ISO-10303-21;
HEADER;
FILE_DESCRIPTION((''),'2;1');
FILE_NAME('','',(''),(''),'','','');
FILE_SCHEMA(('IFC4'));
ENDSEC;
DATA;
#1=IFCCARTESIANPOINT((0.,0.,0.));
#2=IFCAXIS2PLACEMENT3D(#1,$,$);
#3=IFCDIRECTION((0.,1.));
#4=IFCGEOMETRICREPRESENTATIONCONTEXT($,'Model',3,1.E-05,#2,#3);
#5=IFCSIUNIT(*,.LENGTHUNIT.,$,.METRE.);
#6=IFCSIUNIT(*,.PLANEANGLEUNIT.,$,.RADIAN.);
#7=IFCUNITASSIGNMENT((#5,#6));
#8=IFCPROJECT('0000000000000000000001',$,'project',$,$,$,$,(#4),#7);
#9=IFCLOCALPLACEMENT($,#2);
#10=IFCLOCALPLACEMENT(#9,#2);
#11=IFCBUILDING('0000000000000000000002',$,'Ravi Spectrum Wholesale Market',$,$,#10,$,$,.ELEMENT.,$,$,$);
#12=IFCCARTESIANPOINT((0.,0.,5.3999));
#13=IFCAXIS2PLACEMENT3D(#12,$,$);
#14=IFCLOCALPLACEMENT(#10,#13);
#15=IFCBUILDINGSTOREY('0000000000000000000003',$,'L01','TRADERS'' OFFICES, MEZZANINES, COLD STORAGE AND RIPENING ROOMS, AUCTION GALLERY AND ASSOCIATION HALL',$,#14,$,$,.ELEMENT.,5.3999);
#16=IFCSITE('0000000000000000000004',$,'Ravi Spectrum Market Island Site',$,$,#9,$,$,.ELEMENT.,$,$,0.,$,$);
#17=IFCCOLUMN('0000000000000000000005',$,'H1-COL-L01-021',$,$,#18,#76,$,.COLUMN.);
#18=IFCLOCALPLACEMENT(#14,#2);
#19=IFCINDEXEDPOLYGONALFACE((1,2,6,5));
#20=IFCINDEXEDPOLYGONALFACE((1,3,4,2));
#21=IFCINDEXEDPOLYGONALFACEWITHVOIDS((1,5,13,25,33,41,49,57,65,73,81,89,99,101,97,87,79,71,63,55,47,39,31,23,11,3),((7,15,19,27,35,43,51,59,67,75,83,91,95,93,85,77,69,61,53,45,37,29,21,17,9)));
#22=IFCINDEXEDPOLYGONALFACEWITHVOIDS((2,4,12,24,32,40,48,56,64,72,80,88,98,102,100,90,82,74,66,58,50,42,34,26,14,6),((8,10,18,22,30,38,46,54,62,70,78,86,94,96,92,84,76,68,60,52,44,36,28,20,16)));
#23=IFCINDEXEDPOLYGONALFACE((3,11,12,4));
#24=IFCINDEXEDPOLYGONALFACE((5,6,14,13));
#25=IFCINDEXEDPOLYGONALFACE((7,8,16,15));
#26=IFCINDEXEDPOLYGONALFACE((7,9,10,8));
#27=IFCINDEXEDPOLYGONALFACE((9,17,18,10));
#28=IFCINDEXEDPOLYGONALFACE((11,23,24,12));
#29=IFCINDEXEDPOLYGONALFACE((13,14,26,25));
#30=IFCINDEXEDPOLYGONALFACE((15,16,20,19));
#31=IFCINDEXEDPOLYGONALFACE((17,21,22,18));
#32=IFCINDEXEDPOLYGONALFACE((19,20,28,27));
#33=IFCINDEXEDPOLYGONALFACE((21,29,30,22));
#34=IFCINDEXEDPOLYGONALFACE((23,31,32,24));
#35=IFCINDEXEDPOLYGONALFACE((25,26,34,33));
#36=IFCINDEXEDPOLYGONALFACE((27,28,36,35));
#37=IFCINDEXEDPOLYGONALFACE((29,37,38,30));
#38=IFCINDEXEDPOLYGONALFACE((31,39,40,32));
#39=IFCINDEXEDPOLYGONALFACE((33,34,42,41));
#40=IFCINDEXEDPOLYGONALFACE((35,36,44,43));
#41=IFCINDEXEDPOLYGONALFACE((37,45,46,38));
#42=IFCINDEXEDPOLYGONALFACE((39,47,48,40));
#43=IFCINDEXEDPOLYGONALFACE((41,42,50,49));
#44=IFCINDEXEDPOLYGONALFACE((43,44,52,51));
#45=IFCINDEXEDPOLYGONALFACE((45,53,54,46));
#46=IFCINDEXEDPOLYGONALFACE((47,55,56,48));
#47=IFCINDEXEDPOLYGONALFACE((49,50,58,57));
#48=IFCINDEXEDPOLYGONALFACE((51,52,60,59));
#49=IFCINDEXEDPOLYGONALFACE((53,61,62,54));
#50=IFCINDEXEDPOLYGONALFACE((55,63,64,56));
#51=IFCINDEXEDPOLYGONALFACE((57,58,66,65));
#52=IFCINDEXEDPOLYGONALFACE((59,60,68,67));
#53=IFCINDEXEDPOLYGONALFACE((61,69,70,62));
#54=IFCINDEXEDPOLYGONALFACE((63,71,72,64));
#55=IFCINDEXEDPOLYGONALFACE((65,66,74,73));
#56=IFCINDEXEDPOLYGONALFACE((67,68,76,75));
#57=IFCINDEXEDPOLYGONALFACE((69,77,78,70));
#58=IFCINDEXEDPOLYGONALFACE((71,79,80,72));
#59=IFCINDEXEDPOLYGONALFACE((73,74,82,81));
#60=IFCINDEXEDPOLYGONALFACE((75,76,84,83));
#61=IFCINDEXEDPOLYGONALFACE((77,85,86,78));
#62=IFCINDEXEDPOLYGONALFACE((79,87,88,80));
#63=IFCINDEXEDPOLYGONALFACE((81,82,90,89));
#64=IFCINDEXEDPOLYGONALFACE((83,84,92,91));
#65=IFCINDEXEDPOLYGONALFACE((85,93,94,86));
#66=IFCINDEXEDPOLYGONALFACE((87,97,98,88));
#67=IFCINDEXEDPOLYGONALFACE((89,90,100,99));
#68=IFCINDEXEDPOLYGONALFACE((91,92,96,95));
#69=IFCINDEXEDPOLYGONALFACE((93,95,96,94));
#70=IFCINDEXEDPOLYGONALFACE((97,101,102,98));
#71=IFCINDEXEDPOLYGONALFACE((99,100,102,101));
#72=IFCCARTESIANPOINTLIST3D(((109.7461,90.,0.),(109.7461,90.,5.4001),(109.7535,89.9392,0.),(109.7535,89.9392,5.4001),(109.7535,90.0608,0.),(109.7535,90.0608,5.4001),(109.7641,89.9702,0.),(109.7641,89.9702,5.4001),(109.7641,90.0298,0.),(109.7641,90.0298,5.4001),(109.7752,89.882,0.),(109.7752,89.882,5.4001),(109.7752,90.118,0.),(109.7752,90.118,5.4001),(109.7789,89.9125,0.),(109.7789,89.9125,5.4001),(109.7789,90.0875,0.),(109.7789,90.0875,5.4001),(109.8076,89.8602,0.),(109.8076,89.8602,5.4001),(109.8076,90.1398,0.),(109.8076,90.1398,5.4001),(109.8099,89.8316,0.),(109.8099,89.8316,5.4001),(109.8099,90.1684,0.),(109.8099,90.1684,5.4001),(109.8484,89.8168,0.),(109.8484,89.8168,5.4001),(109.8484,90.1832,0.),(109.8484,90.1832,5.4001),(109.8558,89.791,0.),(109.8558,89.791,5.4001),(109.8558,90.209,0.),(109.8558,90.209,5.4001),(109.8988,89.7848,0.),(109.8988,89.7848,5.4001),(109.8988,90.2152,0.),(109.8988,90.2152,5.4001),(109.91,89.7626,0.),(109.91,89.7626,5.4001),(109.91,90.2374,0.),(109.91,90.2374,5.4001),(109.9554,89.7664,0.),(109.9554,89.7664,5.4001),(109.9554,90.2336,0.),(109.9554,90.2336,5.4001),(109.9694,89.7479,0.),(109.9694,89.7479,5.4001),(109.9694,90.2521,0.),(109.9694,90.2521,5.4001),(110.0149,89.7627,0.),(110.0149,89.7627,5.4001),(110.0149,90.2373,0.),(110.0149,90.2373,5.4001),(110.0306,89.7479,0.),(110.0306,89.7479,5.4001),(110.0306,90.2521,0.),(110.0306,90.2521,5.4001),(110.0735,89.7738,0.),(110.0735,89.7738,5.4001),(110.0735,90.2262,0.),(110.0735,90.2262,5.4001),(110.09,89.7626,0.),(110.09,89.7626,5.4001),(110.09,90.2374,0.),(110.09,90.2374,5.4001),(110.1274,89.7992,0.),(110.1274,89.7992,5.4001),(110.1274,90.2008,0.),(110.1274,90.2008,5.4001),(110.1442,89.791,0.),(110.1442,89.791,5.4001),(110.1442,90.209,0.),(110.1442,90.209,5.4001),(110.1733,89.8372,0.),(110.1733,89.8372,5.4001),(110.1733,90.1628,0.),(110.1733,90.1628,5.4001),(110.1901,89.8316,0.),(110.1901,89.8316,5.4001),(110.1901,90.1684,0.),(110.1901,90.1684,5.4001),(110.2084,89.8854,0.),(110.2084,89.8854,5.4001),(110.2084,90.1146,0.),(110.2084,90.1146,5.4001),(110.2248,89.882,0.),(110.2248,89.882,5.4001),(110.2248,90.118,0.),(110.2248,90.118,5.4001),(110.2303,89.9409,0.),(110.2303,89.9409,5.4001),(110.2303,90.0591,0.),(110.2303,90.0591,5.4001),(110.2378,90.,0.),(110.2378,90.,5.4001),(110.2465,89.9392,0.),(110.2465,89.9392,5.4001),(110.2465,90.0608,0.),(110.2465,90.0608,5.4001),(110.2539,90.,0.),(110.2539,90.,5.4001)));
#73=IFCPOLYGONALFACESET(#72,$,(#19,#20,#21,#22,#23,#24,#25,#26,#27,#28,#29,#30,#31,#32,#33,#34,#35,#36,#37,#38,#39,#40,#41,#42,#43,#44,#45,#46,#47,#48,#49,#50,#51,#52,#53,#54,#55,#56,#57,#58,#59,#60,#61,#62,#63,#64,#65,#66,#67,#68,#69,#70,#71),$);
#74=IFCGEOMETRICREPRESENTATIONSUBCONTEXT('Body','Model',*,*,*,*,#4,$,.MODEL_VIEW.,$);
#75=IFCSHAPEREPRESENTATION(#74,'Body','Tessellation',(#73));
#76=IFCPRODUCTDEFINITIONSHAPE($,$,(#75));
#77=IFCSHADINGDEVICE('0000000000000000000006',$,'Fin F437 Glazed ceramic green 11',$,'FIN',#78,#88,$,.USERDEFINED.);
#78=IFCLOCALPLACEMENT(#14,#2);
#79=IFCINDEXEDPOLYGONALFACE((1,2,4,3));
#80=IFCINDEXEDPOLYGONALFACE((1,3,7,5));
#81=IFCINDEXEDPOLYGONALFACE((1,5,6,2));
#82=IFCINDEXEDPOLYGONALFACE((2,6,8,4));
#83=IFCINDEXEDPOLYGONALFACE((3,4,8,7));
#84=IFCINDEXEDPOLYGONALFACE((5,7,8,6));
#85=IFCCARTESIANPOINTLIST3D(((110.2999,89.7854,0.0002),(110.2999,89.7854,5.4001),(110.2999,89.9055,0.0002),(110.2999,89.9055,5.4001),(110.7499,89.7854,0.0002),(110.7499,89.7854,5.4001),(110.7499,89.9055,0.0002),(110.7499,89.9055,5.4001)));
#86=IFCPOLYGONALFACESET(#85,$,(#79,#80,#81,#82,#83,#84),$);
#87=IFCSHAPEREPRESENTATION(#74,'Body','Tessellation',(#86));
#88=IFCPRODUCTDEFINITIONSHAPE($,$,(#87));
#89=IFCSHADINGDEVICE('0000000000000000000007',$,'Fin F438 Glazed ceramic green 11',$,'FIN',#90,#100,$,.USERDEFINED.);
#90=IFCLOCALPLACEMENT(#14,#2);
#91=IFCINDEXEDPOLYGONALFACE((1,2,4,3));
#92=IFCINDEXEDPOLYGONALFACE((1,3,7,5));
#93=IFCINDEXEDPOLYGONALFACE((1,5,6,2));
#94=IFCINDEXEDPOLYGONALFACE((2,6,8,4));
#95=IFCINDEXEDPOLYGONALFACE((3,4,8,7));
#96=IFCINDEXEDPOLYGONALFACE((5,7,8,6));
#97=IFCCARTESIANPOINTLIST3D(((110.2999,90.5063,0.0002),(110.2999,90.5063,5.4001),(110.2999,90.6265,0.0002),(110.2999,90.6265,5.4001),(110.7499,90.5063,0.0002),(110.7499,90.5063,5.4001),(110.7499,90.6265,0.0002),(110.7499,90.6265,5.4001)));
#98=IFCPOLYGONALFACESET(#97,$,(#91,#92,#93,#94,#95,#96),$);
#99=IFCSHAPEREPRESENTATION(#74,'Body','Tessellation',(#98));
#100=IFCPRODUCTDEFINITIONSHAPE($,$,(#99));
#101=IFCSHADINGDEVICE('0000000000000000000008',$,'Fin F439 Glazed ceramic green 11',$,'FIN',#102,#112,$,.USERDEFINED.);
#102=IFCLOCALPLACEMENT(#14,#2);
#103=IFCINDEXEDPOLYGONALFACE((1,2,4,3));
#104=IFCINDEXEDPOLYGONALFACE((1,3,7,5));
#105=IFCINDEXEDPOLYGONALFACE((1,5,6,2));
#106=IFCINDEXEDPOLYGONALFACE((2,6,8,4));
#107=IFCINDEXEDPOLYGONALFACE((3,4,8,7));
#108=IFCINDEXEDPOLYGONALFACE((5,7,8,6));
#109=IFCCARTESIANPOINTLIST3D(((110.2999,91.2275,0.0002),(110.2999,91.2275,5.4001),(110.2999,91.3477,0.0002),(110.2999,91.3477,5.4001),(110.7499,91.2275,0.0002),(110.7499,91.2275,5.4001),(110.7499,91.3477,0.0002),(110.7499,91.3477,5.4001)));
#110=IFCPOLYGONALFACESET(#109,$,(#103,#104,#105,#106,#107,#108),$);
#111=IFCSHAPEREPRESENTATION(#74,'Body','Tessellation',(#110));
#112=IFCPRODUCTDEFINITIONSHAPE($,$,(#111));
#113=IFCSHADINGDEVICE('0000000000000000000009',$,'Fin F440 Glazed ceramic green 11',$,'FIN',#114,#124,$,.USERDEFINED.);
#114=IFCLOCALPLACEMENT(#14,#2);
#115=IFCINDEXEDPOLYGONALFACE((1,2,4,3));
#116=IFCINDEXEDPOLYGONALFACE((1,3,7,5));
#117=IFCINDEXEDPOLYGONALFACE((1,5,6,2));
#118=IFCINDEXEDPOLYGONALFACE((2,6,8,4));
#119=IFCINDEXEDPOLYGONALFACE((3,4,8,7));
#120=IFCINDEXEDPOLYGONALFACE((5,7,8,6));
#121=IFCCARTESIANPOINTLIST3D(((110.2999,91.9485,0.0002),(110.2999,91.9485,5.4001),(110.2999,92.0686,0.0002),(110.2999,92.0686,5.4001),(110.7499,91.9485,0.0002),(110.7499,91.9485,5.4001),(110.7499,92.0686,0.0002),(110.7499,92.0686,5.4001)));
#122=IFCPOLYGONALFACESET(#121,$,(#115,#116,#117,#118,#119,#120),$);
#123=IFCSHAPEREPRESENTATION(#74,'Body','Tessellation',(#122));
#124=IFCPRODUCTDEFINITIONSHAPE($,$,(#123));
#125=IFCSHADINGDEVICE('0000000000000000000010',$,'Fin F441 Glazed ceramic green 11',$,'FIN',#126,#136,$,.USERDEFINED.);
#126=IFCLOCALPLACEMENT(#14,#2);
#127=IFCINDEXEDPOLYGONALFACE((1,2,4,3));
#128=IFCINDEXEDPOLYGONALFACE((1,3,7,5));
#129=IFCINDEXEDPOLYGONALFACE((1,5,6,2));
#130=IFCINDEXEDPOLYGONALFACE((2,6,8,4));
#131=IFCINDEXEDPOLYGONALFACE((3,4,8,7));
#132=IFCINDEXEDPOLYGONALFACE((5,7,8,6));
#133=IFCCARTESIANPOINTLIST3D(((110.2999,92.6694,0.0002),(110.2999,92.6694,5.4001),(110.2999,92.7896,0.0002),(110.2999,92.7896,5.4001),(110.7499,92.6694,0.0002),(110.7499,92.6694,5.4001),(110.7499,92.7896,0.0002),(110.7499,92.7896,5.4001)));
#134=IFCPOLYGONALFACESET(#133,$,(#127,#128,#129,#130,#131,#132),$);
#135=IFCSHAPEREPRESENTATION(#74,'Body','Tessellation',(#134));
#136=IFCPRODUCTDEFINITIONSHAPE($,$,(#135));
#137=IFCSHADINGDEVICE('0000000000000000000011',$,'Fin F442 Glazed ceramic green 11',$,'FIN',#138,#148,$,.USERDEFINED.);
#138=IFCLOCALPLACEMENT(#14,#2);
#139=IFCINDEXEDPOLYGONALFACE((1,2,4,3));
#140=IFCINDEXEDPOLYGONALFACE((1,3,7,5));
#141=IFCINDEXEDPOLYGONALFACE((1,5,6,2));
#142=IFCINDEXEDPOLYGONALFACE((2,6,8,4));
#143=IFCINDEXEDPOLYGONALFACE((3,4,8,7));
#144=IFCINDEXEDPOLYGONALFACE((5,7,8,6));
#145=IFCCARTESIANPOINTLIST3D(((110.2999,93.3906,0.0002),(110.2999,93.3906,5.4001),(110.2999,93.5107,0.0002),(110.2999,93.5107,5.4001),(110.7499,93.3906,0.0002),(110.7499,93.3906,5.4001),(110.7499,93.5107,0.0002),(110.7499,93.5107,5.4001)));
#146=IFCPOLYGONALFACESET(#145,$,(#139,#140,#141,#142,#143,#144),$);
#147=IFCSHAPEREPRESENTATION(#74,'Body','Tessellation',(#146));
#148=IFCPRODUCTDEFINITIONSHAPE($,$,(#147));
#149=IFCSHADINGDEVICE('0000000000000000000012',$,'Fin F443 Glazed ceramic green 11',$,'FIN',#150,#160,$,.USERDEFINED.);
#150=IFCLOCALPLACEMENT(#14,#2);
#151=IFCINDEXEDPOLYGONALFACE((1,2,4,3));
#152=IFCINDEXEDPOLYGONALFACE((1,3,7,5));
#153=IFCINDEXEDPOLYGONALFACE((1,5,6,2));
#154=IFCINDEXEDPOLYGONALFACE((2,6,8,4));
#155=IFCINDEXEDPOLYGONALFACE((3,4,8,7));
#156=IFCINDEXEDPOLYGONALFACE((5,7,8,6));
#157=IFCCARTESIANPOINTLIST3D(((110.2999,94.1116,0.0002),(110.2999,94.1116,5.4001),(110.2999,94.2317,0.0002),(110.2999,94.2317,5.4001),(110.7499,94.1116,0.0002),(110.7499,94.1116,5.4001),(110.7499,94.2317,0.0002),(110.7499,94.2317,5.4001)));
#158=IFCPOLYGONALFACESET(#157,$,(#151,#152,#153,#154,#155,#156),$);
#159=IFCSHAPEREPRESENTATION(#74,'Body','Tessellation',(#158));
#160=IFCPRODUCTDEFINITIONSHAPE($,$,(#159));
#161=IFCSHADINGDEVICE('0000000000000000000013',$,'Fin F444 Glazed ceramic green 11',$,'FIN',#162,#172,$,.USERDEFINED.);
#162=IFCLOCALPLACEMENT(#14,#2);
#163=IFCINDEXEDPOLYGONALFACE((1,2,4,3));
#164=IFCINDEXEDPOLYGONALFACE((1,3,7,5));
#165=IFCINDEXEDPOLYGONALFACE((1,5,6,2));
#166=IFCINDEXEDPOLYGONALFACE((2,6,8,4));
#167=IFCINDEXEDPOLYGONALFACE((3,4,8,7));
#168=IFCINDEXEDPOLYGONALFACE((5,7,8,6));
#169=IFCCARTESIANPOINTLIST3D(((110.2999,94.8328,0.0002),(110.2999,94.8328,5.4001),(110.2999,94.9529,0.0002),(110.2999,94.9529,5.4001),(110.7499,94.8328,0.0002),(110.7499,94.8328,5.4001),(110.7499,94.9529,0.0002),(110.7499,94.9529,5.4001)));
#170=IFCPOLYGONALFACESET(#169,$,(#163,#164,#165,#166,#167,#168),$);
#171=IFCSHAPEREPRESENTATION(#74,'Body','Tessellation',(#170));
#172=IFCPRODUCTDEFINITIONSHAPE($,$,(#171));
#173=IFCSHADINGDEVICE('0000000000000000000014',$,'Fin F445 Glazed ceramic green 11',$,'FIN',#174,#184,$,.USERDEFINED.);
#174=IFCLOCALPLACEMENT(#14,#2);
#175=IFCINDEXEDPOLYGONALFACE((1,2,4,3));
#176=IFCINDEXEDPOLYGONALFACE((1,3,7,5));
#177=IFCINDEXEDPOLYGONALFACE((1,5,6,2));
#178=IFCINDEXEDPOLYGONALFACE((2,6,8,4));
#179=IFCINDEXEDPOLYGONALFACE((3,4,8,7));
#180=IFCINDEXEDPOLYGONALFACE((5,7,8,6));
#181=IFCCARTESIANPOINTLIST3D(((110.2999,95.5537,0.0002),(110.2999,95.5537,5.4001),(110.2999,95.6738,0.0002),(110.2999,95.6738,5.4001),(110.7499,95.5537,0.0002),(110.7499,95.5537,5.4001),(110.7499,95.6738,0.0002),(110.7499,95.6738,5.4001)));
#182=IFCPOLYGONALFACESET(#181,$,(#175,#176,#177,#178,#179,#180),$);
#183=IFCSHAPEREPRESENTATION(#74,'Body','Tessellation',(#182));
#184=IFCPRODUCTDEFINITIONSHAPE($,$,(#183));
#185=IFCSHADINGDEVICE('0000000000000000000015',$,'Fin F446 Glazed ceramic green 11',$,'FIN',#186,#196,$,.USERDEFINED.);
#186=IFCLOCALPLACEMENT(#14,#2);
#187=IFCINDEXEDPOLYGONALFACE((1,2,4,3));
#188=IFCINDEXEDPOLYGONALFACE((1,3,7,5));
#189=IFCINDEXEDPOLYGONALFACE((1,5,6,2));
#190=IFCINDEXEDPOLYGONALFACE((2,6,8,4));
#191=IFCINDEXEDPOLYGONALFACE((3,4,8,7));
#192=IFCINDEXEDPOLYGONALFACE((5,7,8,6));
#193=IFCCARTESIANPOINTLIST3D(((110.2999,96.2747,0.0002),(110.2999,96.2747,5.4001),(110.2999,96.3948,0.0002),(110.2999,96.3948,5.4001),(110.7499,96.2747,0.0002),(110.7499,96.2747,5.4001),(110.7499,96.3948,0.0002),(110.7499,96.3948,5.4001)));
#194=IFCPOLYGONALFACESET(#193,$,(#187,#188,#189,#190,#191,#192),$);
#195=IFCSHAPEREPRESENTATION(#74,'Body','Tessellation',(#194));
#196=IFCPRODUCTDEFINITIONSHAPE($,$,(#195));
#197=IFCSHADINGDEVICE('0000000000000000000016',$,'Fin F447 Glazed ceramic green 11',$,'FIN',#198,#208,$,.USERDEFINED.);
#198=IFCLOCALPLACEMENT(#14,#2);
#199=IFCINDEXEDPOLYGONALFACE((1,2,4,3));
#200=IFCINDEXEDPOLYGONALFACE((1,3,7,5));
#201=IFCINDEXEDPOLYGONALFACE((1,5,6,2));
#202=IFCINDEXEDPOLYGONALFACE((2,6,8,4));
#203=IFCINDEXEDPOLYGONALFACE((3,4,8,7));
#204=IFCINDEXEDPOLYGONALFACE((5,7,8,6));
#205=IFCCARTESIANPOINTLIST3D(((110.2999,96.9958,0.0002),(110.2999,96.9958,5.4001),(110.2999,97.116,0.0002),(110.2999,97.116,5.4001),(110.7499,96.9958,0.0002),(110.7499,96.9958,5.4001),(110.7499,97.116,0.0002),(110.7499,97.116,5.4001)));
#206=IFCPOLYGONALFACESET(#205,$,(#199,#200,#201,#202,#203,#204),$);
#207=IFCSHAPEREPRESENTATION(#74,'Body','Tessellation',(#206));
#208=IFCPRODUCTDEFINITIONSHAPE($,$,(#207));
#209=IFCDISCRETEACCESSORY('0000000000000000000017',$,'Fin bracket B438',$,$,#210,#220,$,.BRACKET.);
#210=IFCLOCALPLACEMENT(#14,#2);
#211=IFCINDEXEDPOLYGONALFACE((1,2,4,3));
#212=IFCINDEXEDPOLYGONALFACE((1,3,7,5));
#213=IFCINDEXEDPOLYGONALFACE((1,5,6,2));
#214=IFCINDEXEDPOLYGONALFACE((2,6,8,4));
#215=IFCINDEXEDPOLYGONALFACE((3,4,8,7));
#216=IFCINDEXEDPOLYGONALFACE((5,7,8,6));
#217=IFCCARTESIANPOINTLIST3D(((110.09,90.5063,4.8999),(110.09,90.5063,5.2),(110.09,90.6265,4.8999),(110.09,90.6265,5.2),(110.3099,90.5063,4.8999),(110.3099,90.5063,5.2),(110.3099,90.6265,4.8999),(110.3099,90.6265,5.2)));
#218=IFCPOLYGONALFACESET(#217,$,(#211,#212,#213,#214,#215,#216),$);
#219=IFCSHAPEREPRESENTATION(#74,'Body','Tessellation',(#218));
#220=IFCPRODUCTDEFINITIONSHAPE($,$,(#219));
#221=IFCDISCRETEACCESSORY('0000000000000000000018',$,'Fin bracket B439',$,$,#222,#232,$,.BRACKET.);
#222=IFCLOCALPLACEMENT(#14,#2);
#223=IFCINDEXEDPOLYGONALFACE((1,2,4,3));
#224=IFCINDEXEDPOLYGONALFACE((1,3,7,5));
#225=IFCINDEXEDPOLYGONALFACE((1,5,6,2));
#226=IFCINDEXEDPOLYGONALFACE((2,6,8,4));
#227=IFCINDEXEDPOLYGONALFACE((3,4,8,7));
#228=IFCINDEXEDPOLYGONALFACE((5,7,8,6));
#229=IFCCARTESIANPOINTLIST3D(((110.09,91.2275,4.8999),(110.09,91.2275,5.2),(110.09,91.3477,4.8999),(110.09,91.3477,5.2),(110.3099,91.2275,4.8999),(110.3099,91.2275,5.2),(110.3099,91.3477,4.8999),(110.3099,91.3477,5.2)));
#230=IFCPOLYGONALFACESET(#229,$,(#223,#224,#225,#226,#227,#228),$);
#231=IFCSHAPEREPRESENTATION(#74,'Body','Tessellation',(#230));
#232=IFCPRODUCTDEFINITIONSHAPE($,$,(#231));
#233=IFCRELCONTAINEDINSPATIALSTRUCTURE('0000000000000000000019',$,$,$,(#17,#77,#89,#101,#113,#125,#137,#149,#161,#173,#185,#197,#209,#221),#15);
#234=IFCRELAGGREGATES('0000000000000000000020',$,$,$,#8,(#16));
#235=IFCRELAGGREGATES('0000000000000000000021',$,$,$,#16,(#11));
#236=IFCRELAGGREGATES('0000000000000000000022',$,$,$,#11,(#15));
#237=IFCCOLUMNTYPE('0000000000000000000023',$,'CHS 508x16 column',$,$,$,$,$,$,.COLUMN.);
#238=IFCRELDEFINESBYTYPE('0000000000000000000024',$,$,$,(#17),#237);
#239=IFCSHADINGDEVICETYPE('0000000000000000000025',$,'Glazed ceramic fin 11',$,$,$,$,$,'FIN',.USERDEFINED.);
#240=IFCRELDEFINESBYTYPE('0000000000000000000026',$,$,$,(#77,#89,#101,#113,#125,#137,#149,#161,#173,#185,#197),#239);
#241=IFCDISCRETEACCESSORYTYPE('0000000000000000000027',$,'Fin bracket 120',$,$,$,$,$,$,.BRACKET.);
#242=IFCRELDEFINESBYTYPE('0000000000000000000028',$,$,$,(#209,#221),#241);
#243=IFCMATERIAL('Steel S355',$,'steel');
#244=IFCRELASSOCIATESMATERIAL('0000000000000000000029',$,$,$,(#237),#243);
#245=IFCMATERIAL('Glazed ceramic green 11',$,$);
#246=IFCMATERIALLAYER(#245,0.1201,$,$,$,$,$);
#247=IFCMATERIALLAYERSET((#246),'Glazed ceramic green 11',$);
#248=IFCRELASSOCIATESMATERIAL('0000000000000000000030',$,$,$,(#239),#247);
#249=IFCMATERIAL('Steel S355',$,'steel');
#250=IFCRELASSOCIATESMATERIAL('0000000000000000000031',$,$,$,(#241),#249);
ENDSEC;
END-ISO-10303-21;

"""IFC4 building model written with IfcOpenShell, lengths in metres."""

from ifc_helpers import new_model, si_unit, direction, frame, origin, origin_2d, place, context, subcontext, project, spatial, rectangle, hollow_circle, extrude, material, layer, layer_set, material_profile, profile_set, type_object, element, save


model = new_model("IFC4")

# Units and contexts
model_context = context("Model", 3, precision=1e-05, world=origin(), true_north=direction((0.0, 1.0)))
body_context = subcontext(model_context, "Body", "Model", "MODEL_VIEW")
ifc_project = project(units=[si_unit("LENGTHUNIT", "METRE"), si_unit("PLANEANGLEUNIT", "RADIAN")], contexts=[model_context])

# Site, building, storey
site_placement = place(None, origin())
site = spatial("IfcSite", under=ifc_project, at=site_placement, Name="Ravi Spectrum Market Island Site", CompositionType="ELEMENT", RefElevation=0.0)
building_placement = place(site_placement, origin())
building = spatial("IfcBuilding", under=site, at=building_placement, Name="Ravi Spectrum Wholesale Market", CompositionType="ELEMENT")
storey_placement = place(building_placement, frame((0.0, 0.0, 5.3999)))
storey = spatial("IfcBuildingStorey", under=building, at=storey_placement, Name="L01", Description="TRADERS' OFFICES, MEZZANINES, COLD STORAGE AND RIPENING ROOMS, AUCTION GALLERY AND ASSOCIATION HALL", CompositionType="ELEMENT", Elevation=5.3999)

# Column
ifc_material_1 = material(Name="Steel S355", Category="steel")
ifc_material_profile = material_profile(ifc_material_1, hollow_circle(Radius=0.2539, WallThickness=0.0161, at=origin_2d()))
ifc_profile_set = profile_set([ifc_material_profile], Name="Steel S355")
column_type = type_object("IfcColumnType", Name="CHS 508x16 column", PredefinedType="COLUMN", material=ifc_profile_set)
column_placement = place(storey_placement, frame((110.0, 90.0, 0.0), z_axis=(0.0, 0.0, 1.0), x_axis=(1.0, 0.0, 0.0)))
element("IfcColumn", 1, at=column_placement, inside=storey, type_object=column_type, Name="H1-COL-L01-021", PredefinedType="COLUMN", context=body_context, shape_type="SweptSolid", body=[
    extrude(hollow_circle(Radius=0.2539, WallThickness=0.0161, at=origin_2d()), origin(), (0.0, 0.0, 1.0), 5.4001),
])

# Shading devices
ifc_material_2 = material(Name="Glazed ceramic green 11")
ifc_layer = layer(ifc_material_2, 0.1201)
ifc_layer_set = layer_set([ifc_layer], Name="Glazed ceramic green 11")
shading_device_type = type_object("IfcShadingDeviceType", Name="Glazed ceramic fin 11", ElementType="FIN", PredefinedType="USERDEFINED", material=ifc_layer_set)
for number, where, z_axis, x_axis, name in (
    (2, (110.5249, 89.8455, 0.0002), (0.0, 0.0, 1.0), (0.0, 1.0, 0.0), "Fin F437 Glazed ceramic green 11"),
    (3, (110.5249, 90.5664, 0.0002), (0.0, 0.0, 1.0), (0.0, 1.0, 0.0), "Fin F438 Glazed ceramic green 11"),
    (4, (110.5249, 91.2876, 0.0002), (0.0, 0.0, 1.0), (0.0, 1.0, 0.0), "Fin F439 Glazed ceramic green 11"),
    (5, (110.5249, 92.0085, 0.0002), (0.0, 0.0, 1.0), (0.0, 1.0, 0.0), "Fin F440 Glazed ceramic green 11"),
    (6, (110.5249, 92.7295, 0.0002), (0.0, 0.0, 1.0), (0.0, 1.0, 0.0), "Fin F441 Glazed ceramic green 11"),
    (7, (110.5249, 93.4507, 0.0002), (0.0, 0.0, 1.0), (0.0, 1.0, 0.0), "Fin F442 Glazed ceramic green 11"),
    (8, (110.5249, 94.1716, 0.0002), (0.0, 0.0, 1.0), (0.0, 1.0, 0.0), "Fin F443 Glazed ceramic green 11"),
    (9, (110.5249, 94.8928, 0.0002), (0.0, 0.0, 1.0), (0.0, 1.0, 0.0), "Fin F444 Glazed ceramic green 11"),
    (10, (110.5249, 95.6138, 0.0002), (0.0, 0.0, 1.0), (0.0, 1.0, 0.0), "Fin F445 Glazed ceramic green 11"),
    (11, (110.5249, 96.3347, 0.0002), (0.0, 0.0, 1.0), (0.0, 1.0, 0.0), "Fin F446 Glazed ceramic green 11"),
    (12, (110.5249, 97.0559, 0.0002), (0.0, 0.0, 1.0), (0.0, 1.0, 0.0), "Fin F447 Glazed ceramic green 11"),
):
    element("IfcShadingDevice", number, at=place(storey_placement, frame(where, z_axis=z_axis, x_axis=x_axis)), inside=storey, type_object=shading_device_type, Name=name, ObjectType="FIN", PredefinedType="USERDEFINED", context=body_context, shape_type="SweptSolid", body=[
        extrude(rectangle(XDim=0.1201, YDim=0.45, at=origin_2d()), origin(), (0.0, 0.0, 1.0), 5.3999),
    ])

# Discrete accessories
ifc_material_3 = material(Name="Steel S355", Category="steel")
discrete_accessory_type = type_object("IfcDiscreteAccessoryType", Name="Fin bracket 120", PredefinedType="BRACKET", material=ifc_material_3)
for number, where, z_axis, x_axis, name in (
    (13, (110.2, 90.5664, 4.8999), (0.0, 0.0, 1.0), (0.0, 1.0, 0.0), "Fin bracket B438"),
    (14, (110.2, 91.2876, 4.8999), (0.0, 0.0, 1.0), (0.0, 1.0, 0.0), "Fin bracket B439"),
):
    element("IfcDiscreteAccessory", number, at=place(storey_placement, frame(where, z_axis=z_axis, x_axis=x_axis)), inside=storey, type_object=discrete_accessory_type, Name=name, PredefinedType="BRACKET", context=body_context, shape_type="SweptSolid", body=[
        extrude(rectangle(XDim=0.1201, YDim=0.22, at=origin_2d()), origin(), (0.0, 0.0, 1.0), 0.3),
    ])

save(model, "model.ifc")
